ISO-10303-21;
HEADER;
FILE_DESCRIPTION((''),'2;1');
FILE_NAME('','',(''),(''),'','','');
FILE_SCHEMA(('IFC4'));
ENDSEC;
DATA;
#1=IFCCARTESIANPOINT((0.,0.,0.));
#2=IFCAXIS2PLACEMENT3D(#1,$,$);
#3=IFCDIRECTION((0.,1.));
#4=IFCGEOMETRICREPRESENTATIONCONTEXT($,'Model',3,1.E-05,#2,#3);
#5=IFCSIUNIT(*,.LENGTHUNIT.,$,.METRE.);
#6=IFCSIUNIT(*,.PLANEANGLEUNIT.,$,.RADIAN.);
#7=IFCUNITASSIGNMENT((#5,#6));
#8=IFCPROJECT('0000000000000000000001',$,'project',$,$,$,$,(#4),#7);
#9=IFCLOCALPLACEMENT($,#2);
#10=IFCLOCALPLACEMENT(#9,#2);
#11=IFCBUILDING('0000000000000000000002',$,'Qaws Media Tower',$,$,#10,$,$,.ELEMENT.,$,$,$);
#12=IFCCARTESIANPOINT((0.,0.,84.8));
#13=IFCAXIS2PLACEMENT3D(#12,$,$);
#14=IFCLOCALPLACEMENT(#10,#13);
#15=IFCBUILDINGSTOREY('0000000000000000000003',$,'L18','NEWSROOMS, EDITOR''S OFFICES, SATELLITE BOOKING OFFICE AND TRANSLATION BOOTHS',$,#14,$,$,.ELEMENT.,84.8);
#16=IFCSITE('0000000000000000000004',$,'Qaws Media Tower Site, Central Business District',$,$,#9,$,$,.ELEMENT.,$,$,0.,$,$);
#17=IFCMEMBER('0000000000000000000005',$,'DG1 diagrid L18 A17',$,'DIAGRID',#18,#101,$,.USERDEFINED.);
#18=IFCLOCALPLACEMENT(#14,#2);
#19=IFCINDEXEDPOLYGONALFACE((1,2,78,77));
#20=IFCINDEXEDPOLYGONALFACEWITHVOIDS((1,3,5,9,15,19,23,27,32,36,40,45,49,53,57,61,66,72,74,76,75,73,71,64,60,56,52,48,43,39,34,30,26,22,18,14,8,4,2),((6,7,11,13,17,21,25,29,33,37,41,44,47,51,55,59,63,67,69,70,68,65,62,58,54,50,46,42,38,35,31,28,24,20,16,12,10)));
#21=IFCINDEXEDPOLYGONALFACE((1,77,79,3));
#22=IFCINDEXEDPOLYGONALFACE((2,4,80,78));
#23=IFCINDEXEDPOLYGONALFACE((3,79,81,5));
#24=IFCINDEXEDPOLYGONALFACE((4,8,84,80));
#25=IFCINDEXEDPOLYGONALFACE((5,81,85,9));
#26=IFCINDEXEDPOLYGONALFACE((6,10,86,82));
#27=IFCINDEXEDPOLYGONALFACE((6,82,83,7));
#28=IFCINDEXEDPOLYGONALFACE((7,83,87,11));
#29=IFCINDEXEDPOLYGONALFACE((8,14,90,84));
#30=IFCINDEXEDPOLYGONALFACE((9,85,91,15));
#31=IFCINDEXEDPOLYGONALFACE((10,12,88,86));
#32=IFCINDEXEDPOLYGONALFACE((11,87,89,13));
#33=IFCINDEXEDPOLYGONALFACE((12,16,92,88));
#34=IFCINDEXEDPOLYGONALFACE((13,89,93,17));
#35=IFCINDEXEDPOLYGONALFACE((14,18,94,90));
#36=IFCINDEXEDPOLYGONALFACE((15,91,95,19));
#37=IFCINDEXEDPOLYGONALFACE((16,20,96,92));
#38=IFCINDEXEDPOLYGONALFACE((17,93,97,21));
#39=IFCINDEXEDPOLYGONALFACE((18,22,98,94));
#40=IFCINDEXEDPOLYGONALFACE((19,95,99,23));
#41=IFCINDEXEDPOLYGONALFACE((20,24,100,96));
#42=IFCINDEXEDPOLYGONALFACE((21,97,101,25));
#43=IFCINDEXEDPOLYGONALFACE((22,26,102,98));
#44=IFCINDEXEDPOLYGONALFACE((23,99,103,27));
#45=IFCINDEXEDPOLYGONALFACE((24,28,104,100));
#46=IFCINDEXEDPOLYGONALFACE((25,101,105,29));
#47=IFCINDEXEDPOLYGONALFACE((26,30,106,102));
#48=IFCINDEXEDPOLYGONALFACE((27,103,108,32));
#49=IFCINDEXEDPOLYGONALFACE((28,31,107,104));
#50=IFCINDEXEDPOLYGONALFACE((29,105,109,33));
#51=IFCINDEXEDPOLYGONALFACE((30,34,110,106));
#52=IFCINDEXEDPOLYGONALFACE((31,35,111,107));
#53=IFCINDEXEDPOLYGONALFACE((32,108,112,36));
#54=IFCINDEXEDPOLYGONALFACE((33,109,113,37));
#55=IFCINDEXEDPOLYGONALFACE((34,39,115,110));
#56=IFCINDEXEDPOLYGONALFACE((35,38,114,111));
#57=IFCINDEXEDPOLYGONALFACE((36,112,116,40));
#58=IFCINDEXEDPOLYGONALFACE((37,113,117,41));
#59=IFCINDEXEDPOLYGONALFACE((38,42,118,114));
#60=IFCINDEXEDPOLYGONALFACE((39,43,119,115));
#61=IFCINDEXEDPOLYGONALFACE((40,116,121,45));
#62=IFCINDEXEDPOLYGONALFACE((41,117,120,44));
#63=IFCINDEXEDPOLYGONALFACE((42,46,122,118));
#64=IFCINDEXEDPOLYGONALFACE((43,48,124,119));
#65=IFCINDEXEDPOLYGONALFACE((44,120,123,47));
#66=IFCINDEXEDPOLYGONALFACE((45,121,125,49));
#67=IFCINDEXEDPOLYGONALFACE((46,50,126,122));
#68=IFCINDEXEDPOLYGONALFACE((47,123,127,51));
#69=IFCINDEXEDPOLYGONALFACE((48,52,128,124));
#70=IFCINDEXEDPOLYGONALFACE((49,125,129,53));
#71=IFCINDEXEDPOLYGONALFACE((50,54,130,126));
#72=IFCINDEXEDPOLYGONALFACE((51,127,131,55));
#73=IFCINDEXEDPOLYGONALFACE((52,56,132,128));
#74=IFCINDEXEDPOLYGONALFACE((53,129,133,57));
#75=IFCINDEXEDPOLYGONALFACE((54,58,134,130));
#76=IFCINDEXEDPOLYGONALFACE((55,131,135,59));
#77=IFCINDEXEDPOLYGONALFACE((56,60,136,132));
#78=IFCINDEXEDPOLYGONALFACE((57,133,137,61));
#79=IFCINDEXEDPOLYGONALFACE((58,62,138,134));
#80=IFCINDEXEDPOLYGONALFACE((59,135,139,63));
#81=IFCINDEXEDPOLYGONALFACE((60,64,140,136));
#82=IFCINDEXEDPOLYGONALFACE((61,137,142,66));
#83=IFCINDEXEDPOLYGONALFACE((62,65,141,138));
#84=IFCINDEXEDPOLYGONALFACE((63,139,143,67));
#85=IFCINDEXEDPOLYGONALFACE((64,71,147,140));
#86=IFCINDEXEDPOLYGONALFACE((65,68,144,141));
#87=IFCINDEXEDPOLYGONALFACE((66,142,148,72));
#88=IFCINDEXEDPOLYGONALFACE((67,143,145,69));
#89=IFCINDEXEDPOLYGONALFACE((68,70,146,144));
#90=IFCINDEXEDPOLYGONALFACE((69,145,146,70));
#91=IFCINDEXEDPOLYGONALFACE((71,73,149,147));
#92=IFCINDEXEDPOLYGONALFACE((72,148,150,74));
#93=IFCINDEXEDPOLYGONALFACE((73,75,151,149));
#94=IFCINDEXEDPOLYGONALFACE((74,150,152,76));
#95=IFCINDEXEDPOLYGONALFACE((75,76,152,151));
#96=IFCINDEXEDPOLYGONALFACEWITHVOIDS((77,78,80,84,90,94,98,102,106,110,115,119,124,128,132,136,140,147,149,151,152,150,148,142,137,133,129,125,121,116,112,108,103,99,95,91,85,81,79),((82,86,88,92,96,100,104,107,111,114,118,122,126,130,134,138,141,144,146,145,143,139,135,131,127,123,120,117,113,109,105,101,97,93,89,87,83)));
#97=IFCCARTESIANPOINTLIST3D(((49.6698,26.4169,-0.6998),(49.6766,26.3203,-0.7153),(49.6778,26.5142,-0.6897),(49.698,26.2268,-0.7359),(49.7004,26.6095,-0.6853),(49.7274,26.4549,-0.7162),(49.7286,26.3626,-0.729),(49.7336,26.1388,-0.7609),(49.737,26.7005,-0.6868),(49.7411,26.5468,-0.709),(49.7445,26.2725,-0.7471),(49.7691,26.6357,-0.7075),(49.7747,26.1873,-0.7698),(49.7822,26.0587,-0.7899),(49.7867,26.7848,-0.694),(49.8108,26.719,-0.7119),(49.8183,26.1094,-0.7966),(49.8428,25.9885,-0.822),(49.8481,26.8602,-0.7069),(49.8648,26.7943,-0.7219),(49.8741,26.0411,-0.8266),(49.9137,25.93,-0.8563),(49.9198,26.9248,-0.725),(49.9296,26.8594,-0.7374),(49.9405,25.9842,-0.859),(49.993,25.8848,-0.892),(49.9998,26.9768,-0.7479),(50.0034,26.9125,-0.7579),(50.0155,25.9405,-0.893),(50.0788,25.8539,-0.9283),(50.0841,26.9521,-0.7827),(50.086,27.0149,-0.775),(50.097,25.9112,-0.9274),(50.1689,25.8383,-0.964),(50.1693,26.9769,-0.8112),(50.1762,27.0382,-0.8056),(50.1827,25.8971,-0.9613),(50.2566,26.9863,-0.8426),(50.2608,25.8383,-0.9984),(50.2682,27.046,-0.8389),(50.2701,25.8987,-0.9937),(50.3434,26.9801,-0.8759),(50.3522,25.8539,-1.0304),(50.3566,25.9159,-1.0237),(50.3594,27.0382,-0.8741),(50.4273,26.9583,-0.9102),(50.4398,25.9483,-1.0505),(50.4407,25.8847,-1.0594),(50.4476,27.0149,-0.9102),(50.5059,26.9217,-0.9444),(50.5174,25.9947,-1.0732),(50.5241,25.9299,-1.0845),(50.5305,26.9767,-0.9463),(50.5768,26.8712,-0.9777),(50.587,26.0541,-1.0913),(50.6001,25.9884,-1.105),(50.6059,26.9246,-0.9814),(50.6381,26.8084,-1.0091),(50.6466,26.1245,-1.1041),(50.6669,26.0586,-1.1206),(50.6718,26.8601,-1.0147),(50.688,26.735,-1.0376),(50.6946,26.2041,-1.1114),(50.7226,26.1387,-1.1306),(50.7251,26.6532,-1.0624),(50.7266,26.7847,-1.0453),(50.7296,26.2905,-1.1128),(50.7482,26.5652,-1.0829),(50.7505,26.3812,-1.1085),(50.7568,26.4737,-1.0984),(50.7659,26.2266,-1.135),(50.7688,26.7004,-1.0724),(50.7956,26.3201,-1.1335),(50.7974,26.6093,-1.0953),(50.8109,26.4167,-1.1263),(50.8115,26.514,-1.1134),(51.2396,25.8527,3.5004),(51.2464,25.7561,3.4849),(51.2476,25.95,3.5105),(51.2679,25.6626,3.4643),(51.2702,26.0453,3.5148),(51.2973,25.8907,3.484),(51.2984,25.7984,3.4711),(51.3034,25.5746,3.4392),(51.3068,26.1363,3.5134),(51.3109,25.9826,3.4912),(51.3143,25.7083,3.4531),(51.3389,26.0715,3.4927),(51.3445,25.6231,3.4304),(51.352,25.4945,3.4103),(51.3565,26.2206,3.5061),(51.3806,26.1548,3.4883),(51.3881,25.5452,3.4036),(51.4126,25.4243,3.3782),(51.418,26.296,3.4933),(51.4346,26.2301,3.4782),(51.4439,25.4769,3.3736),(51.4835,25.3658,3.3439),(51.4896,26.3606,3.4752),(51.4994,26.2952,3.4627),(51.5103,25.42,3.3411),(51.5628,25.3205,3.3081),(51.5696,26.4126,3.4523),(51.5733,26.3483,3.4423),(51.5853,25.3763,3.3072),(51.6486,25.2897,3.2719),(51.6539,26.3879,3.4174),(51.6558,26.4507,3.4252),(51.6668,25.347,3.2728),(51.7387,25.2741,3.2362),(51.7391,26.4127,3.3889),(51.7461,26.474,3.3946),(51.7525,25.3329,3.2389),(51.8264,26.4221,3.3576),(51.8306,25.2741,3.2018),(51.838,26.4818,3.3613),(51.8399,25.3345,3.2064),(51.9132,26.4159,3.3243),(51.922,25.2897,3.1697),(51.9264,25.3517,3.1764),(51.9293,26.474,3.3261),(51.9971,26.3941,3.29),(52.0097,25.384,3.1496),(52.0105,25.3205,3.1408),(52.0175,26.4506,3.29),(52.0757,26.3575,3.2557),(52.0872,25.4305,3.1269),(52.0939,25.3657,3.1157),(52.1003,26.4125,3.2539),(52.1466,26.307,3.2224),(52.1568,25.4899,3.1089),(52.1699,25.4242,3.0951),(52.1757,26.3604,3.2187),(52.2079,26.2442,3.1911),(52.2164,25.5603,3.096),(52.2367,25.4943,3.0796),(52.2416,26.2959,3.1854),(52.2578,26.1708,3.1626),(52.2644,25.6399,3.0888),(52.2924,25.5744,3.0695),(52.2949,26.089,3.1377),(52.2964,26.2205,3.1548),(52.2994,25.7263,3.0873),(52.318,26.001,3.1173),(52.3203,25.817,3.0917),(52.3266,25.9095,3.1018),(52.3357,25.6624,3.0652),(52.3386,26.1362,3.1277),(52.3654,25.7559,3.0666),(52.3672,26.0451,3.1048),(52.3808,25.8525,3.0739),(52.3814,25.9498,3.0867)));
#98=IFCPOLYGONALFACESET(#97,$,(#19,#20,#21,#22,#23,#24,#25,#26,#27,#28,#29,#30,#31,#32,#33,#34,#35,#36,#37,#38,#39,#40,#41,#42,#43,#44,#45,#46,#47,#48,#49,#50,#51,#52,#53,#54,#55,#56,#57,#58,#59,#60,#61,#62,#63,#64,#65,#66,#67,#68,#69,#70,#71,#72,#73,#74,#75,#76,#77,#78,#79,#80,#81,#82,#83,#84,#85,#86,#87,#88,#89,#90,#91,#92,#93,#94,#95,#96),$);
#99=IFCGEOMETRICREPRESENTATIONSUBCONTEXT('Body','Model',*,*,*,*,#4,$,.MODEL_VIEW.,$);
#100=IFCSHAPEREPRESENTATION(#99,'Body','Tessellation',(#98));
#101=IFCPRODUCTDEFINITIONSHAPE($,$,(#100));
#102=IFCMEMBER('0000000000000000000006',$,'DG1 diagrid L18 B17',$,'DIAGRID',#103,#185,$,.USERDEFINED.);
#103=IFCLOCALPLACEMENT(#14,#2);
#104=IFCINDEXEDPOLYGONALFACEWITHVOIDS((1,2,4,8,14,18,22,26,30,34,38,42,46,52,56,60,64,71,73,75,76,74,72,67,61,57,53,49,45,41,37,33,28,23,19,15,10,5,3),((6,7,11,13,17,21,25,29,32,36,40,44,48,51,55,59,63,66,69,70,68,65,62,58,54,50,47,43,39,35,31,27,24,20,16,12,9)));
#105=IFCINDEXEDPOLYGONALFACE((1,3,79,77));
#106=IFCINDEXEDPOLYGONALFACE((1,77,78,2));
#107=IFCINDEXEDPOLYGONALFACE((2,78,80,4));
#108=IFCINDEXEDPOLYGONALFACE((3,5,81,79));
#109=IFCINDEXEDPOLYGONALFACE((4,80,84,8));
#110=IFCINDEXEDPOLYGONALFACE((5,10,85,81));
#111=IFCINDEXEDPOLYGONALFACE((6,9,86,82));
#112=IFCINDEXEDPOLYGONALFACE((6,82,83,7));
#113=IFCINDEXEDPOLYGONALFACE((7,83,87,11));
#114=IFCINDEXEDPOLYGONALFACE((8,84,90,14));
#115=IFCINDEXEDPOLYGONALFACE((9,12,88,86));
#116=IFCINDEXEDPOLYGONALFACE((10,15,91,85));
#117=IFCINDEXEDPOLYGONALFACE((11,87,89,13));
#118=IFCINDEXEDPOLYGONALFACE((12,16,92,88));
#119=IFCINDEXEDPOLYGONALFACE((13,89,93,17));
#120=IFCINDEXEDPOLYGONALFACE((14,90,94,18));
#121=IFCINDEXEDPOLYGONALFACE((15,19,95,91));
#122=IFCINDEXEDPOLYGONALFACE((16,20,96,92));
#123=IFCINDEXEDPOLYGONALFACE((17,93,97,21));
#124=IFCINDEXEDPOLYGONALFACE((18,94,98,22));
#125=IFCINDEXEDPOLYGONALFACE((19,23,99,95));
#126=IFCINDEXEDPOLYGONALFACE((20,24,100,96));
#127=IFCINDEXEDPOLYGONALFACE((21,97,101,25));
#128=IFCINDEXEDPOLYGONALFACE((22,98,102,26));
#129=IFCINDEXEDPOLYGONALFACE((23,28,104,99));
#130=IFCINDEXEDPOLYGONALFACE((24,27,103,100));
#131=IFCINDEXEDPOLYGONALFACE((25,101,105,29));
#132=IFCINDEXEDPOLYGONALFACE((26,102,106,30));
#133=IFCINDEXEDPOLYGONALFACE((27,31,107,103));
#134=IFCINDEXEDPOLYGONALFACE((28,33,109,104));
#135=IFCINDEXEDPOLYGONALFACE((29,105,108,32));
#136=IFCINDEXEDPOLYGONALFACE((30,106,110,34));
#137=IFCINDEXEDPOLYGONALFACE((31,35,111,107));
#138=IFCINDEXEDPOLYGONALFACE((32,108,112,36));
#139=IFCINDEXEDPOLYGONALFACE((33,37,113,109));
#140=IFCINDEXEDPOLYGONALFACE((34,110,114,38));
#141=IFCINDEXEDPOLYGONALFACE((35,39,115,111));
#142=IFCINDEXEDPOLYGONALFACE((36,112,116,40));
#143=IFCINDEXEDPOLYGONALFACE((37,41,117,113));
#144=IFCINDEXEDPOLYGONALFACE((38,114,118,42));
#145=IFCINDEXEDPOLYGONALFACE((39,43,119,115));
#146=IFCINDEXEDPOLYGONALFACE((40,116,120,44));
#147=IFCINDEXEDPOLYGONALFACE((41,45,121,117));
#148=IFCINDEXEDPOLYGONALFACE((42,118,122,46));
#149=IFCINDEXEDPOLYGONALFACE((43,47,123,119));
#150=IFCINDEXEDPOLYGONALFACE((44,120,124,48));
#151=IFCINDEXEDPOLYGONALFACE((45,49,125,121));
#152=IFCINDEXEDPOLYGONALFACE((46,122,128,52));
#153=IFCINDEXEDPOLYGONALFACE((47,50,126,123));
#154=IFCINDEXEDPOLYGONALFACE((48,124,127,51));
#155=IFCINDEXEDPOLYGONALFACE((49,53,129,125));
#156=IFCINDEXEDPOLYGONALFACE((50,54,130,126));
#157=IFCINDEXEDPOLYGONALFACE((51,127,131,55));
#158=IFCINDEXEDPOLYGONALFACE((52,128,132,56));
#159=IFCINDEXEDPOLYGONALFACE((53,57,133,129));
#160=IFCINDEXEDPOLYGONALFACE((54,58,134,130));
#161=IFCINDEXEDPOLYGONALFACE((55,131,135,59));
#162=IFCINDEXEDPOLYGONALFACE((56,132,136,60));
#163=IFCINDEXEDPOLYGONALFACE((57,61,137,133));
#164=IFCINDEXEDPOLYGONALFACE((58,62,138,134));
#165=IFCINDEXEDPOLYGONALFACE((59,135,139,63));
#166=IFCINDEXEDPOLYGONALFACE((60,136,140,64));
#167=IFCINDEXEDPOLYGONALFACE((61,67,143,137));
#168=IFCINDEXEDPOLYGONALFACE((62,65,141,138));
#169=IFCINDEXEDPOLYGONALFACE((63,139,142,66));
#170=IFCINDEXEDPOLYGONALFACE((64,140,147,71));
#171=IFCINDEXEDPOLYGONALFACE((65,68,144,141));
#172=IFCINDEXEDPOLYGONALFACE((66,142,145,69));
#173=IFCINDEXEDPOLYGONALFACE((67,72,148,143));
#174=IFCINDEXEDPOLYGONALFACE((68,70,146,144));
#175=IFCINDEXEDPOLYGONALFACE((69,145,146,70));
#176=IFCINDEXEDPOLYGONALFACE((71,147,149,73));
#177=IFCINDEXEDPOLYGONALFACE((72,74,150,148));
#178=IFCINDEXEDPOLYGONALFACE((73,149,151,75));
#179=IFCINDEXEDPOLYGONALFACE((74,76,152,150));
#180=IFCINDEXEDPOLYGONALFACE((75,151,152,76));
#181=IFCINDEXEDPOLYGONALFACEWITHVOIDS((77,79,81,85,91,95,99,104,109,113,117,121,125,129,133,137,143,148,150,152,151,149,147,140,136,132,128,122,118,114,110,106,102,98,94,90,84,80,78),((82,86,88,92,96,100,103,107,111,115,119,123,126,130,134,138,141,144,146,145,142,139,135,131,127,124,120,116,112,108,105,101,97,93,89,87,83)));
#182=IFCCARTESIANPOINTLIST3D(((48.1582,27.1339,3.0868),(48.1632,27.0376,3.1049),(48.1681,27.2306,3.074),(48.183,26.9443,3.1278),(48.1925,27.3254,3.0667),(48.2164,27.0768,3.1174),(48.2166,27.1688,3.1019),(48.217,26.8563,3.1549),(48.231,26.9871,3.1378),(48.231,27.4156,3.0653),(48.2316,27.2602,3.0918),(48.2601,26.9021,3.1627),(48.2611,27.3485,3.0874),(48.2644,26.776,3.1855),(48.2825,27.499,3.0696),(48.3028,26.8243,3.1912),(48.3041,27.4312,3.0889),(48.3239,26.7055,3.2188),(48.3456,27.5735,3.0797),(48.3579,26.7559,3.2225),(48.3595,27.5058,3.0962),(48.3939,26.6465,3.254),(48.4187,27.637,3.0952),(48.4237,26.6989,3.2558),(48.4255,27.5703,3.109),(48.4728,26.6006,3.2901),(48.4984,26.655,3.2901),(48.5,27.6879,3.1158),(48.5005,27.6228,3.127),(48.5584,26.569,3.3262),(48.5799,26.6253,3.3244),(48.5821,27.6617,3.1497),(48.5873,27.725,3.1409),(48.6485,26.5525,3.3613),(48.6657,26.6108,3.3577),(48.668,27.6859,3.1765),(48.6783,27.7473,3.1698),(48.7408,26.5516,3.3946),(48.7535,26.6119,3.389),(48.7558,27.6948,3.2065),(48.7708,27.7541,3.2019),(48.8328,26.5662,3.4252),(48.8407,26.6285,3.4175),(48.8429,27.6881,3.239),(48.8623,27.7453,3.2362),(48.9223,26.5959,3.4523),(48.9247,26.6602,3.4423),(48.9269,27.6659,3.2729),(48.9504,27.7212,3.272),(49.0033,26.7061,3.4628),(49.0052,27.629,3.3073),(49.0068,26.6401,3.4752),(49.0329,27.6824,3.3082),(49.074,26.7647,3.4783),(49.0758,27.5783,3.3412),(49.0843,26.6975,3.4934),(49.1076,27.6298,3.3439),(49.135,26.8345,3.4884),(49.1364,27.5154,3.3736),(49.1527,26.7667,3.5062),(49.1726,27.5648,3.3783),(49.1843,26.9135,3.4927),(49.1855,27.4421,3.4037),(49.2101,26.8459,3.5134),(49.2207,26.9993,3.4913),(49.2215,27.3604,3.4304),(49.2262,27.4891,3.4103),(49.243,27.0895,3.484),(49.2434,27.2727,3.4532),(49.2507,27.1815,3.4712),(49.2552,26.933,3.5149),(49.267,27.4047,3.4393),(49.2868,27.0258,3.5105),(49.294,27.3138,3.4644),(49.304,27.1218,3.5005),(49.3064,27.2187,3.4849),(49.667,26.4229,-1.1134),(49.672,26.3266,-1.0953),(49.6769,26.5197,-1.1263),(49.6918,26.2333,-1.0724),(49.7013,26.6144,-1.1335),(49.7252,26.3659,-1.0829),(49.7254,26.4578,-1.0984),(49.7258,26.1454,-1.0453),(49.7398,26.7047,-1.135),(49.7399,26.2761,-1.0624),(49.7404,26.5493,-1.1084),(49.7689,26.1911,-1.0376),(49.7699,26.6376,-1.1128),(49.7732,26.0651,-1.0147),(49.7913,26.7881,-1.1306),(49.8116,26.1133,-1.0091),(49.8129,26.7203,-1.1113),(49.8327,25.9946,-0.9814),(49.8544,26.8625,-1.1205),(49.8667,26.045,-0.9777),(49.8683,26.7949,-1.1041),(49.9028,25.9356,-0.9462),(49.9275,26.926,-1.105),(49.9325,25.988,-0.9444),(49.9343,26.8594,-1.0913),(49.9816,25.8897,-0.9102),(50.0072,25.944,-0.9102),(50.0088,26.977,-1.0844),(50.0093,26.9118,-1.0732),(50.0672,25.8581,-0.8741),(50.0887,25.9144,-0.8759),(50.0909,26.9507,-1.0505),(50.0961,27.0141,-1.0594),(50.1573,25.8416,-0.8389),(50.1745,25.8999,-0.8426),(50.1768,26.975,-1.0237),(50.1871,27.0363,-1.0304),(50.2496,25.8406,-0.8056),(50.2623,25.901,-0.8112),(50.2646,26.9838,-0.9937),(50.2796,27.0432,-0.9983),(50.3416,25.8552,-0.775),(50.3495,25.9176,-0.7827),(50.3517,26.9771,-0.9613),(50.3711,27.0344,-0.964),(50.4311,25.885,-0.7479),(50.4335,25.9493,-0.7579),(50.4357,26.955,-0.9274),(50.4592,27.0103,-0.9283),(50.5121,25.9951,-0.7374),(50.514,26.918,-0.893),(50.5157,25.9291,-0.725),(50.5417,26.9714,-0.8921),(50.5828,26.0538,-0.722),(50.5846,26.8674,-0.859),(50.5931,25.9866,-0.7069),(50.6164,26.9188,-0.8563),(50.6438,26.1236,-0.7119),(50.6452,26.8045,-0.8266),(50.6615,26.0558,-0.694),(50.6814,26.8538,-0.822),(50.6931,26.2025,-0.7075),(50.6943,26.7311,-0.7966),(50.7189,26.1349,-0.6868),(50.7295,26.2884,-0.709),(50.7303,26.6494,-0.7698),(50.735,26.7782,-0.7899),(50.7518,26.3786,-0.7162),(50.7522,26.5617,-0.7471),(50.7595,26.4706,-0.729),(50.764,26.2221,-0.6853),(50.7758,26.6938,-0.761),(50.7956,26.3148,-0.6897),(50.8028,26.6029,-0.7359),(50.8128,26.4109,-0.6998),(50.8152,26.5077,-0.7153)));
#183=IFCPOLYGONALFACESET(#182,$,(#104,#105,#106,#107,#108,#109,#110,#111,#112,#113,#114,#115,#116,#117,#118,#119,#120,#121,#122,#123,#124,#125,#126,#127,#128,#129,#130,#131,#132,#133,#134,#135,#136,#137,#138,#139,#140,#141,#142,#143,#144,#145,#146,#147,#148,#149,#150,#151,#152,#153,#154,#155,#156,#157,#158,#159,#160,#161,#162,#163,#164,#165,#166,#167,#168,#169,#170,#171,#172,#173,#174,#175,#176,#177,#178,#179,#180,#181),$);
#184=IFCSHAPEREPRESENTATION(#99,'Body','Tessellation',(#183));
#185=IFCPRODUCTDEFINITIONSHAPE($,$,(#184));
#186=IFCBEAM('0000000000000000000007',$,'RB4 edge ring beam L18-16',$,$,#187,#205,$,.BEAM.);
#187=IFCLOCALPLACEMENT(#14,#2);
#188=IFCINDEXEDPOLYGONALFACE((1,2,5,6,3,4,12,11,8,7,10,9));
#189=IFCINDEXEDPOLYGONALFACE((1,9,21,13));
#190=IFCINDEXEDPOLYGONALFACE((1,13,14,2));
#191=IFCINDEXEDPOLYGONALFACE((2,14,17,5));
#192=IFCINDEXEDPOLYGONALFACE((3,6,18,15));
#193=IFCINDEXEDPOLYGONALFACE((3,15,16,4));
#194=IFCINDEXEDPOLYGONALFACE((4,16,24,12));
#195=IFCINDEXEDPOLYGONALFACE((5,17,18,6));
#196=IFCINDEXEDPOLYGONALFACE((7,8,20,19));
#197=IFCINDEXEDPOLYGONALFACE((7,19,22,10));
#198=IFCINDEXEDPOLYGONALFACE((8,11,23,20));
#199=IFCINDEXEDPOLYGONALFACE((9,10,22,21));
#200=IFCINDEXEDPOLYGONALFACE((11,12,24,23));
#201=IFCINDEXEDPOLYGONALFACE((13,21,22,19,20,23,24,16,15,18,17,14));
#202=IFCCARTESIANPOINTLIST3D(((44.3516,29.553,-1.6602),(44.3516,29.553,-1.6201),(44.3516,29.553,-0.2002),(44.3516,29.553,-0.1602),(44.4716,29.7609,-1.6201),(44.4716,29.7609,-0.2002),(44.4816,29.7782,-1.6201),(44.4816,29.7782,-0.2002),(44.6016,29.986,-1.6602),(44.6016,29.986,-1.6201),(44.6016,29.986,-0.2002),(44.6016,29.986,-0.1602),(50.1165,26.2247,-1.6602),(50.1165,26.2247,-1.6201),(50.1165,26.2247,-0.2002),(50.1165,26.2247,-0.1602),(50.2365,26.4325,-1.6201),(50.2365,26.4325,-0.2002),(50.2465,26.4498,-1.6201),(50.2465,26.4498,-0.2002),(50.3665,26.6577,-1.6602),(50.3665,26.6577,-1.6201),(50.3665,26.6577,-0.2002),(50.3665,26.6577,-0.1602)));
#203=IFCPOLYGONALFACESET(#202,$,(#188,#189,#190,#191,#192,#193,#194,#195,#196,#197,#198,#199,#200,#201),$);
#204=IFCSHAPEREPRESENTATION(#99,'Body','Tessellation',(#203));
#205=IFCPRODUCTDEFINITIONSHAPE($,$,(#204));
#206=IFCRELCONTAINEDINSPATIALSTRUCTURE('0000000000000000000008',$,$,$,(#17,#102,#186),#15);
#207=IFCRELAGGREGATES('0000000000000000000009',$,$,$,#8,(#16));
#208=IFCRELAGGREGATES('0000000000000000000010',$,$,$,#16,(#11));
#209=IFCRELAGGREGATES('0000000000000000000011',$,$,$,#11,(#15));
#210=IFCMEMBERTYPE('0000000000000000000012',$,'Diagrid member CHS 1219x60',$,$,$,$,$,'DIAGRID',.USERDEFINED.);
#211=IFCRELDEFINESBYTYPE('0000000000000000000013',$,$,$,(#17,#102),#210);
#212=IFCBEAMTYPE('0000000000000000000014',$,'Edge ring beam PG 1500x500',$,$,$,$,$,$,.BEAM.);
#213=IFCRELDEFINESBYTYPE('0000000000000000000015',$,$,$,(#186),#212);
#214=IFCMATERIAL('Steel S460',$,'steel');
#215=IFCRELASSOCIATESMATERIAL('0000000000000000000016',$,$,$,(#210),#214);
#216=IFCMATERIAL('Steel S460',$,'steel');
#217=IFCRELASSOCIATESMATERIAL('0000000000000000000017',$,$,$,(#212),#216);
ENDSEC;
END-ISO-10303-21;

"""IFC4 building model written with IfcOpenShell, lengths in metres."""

from ifc_helpers import new_model, si_unit, direction, frame, origin, origin_2d, place, context, subcontext, project, spatial, hollow_circle, i_section, extrude, material, material_profile, profile_set, type_object, element, save


model = new_model("IFC4")

# Units and contexts
model_context = context("Model", 3, precision=1e-05, world=origin(), true_north=direction((0.0, 1.0)))
body_context = subcontext(model_context, "Body", "Model", "MODEL_VIEW")
ifc_project = project(units=[si_unit("LENGTHUNIT", "METRE"), si_unit("PLANEANGLEUNIT", "RADIAN")], contexts=[model_context])

# Site, building, storey
site_placement = place(None, origin())
site = spatial("IfcSite", under=ifc_project, at=site_placement, Name="Qaws Media Tower Site, Central Business District", CompositionType="ELEMENT", RefElevation=0.0)
building_placement = place(site_placement, origin())
building = spatial("IfcBuilding", under=site, at=building_placement, Name="Qaws Media Tower", CompositionType="ELEMENT")
storey_placement = place(building_placement, frame((0.0, 0.0, 84.8)))
storey = spatial("IfcBuildingStorey", under=building, at=storey_placement, Name="L18", Description="NEWSROOMS, EDITOR'S OFFICES, SATELLITE BOOKING OFFICE AND TRANSLATION BOOTHS", CompositionType="ELEMENT", Elevation=84.8)

# Members
ifc_material_1 = material(Name="Steel S460", Category="steel")
ifc_material_profile_1 = material_profile(ifc_material_1, hollow_circle(Radius=0.6096, WallThickness=0.0601, at=origin_2d()), Name="CHS 1219x60")
ifc_profile_set_1 = profile_set([ifc_material_profile_1], Name="Steel S460")
member_type_1 = type_object("IfcMemberType", Name="Diagrid member CHS 1219x60", ElementType="DIAGRID", PredefinedType="USERDEFINED", material=ifc_profile_set_1)
for number, where, z_axis, x_axis, name in (
    (1, (50.2415, 26.4412, -0.9102), (0.347358, -0.124844, 0.929385), (0.338227, 0.941065, 0.0), "DG1 diagrid L18 A17"),
    (2, (50.2415, 26.4412, -0.9102), (-0.333859, 0.157314, 0.929403), (-0.426248, -0.904606, 0.0), "DG1 diagrid L18 B17"),
):
    element("IfcMember", number, at=place(storey_placement, frame(where, z_axis=z_axis, x_axis=x_axis)), inside=storey, type_object=member_type_1, Name=name, ObjectType="DIAGRID", PredefinedType="USERDEFINED", context=body_context, shape_type="SweptSolid", body=[
        extrude(hollow_circle(Radius=0.6096, WallThickness=0.0601, at=origin_2d()), origin(), (0.0, 0.0, 1.0), 4.5193),
    ])

# Beam
ifc_material_2 = material(Name="Steel S460", Category="steel")
ifc_material_profile_2 = material_profile(ifc_material_2, i_section(OverallWidth=0.5, OverallDepth=1.5, WebThickness=0.02, FlangeThickness=0.04, at=origin_2d()), Name="PG 1500x500")
ifc_profile_set_2 = profile_set([ifc_material_profile_2], Name="Steel S460")
beam_type = type_object("IfcBeamType", Name="Edge ring beam PG 1500x500", PredefinedType="BEAM", material=ifc_profile_set_2)
beam_1_placement = place(storey_placement, frame((44.4766, 29.7695, -0.9102), z_axis=(0.866025, -0.500001, 0.0), x_axis=(0.500001, 0.866025, 0.0)))
element("IfcBeam", 3, at=beam_1_placement, inside=storey, type_object=beam_type, Name="RB4 edge ring beam L18-16", PredefinedType="BEAM", context=body_context, shape_type="SweptSolid", body=[
    extrude(i_section(OverallWidth=0.5, OverallDepth=1.5, WebThickness=0.02, FlangeThickness=0.04, at=origin_2d()), origin(), (0.0, 0.0, 1.0), 6.6567),
])

save(model, "model.ifc")
